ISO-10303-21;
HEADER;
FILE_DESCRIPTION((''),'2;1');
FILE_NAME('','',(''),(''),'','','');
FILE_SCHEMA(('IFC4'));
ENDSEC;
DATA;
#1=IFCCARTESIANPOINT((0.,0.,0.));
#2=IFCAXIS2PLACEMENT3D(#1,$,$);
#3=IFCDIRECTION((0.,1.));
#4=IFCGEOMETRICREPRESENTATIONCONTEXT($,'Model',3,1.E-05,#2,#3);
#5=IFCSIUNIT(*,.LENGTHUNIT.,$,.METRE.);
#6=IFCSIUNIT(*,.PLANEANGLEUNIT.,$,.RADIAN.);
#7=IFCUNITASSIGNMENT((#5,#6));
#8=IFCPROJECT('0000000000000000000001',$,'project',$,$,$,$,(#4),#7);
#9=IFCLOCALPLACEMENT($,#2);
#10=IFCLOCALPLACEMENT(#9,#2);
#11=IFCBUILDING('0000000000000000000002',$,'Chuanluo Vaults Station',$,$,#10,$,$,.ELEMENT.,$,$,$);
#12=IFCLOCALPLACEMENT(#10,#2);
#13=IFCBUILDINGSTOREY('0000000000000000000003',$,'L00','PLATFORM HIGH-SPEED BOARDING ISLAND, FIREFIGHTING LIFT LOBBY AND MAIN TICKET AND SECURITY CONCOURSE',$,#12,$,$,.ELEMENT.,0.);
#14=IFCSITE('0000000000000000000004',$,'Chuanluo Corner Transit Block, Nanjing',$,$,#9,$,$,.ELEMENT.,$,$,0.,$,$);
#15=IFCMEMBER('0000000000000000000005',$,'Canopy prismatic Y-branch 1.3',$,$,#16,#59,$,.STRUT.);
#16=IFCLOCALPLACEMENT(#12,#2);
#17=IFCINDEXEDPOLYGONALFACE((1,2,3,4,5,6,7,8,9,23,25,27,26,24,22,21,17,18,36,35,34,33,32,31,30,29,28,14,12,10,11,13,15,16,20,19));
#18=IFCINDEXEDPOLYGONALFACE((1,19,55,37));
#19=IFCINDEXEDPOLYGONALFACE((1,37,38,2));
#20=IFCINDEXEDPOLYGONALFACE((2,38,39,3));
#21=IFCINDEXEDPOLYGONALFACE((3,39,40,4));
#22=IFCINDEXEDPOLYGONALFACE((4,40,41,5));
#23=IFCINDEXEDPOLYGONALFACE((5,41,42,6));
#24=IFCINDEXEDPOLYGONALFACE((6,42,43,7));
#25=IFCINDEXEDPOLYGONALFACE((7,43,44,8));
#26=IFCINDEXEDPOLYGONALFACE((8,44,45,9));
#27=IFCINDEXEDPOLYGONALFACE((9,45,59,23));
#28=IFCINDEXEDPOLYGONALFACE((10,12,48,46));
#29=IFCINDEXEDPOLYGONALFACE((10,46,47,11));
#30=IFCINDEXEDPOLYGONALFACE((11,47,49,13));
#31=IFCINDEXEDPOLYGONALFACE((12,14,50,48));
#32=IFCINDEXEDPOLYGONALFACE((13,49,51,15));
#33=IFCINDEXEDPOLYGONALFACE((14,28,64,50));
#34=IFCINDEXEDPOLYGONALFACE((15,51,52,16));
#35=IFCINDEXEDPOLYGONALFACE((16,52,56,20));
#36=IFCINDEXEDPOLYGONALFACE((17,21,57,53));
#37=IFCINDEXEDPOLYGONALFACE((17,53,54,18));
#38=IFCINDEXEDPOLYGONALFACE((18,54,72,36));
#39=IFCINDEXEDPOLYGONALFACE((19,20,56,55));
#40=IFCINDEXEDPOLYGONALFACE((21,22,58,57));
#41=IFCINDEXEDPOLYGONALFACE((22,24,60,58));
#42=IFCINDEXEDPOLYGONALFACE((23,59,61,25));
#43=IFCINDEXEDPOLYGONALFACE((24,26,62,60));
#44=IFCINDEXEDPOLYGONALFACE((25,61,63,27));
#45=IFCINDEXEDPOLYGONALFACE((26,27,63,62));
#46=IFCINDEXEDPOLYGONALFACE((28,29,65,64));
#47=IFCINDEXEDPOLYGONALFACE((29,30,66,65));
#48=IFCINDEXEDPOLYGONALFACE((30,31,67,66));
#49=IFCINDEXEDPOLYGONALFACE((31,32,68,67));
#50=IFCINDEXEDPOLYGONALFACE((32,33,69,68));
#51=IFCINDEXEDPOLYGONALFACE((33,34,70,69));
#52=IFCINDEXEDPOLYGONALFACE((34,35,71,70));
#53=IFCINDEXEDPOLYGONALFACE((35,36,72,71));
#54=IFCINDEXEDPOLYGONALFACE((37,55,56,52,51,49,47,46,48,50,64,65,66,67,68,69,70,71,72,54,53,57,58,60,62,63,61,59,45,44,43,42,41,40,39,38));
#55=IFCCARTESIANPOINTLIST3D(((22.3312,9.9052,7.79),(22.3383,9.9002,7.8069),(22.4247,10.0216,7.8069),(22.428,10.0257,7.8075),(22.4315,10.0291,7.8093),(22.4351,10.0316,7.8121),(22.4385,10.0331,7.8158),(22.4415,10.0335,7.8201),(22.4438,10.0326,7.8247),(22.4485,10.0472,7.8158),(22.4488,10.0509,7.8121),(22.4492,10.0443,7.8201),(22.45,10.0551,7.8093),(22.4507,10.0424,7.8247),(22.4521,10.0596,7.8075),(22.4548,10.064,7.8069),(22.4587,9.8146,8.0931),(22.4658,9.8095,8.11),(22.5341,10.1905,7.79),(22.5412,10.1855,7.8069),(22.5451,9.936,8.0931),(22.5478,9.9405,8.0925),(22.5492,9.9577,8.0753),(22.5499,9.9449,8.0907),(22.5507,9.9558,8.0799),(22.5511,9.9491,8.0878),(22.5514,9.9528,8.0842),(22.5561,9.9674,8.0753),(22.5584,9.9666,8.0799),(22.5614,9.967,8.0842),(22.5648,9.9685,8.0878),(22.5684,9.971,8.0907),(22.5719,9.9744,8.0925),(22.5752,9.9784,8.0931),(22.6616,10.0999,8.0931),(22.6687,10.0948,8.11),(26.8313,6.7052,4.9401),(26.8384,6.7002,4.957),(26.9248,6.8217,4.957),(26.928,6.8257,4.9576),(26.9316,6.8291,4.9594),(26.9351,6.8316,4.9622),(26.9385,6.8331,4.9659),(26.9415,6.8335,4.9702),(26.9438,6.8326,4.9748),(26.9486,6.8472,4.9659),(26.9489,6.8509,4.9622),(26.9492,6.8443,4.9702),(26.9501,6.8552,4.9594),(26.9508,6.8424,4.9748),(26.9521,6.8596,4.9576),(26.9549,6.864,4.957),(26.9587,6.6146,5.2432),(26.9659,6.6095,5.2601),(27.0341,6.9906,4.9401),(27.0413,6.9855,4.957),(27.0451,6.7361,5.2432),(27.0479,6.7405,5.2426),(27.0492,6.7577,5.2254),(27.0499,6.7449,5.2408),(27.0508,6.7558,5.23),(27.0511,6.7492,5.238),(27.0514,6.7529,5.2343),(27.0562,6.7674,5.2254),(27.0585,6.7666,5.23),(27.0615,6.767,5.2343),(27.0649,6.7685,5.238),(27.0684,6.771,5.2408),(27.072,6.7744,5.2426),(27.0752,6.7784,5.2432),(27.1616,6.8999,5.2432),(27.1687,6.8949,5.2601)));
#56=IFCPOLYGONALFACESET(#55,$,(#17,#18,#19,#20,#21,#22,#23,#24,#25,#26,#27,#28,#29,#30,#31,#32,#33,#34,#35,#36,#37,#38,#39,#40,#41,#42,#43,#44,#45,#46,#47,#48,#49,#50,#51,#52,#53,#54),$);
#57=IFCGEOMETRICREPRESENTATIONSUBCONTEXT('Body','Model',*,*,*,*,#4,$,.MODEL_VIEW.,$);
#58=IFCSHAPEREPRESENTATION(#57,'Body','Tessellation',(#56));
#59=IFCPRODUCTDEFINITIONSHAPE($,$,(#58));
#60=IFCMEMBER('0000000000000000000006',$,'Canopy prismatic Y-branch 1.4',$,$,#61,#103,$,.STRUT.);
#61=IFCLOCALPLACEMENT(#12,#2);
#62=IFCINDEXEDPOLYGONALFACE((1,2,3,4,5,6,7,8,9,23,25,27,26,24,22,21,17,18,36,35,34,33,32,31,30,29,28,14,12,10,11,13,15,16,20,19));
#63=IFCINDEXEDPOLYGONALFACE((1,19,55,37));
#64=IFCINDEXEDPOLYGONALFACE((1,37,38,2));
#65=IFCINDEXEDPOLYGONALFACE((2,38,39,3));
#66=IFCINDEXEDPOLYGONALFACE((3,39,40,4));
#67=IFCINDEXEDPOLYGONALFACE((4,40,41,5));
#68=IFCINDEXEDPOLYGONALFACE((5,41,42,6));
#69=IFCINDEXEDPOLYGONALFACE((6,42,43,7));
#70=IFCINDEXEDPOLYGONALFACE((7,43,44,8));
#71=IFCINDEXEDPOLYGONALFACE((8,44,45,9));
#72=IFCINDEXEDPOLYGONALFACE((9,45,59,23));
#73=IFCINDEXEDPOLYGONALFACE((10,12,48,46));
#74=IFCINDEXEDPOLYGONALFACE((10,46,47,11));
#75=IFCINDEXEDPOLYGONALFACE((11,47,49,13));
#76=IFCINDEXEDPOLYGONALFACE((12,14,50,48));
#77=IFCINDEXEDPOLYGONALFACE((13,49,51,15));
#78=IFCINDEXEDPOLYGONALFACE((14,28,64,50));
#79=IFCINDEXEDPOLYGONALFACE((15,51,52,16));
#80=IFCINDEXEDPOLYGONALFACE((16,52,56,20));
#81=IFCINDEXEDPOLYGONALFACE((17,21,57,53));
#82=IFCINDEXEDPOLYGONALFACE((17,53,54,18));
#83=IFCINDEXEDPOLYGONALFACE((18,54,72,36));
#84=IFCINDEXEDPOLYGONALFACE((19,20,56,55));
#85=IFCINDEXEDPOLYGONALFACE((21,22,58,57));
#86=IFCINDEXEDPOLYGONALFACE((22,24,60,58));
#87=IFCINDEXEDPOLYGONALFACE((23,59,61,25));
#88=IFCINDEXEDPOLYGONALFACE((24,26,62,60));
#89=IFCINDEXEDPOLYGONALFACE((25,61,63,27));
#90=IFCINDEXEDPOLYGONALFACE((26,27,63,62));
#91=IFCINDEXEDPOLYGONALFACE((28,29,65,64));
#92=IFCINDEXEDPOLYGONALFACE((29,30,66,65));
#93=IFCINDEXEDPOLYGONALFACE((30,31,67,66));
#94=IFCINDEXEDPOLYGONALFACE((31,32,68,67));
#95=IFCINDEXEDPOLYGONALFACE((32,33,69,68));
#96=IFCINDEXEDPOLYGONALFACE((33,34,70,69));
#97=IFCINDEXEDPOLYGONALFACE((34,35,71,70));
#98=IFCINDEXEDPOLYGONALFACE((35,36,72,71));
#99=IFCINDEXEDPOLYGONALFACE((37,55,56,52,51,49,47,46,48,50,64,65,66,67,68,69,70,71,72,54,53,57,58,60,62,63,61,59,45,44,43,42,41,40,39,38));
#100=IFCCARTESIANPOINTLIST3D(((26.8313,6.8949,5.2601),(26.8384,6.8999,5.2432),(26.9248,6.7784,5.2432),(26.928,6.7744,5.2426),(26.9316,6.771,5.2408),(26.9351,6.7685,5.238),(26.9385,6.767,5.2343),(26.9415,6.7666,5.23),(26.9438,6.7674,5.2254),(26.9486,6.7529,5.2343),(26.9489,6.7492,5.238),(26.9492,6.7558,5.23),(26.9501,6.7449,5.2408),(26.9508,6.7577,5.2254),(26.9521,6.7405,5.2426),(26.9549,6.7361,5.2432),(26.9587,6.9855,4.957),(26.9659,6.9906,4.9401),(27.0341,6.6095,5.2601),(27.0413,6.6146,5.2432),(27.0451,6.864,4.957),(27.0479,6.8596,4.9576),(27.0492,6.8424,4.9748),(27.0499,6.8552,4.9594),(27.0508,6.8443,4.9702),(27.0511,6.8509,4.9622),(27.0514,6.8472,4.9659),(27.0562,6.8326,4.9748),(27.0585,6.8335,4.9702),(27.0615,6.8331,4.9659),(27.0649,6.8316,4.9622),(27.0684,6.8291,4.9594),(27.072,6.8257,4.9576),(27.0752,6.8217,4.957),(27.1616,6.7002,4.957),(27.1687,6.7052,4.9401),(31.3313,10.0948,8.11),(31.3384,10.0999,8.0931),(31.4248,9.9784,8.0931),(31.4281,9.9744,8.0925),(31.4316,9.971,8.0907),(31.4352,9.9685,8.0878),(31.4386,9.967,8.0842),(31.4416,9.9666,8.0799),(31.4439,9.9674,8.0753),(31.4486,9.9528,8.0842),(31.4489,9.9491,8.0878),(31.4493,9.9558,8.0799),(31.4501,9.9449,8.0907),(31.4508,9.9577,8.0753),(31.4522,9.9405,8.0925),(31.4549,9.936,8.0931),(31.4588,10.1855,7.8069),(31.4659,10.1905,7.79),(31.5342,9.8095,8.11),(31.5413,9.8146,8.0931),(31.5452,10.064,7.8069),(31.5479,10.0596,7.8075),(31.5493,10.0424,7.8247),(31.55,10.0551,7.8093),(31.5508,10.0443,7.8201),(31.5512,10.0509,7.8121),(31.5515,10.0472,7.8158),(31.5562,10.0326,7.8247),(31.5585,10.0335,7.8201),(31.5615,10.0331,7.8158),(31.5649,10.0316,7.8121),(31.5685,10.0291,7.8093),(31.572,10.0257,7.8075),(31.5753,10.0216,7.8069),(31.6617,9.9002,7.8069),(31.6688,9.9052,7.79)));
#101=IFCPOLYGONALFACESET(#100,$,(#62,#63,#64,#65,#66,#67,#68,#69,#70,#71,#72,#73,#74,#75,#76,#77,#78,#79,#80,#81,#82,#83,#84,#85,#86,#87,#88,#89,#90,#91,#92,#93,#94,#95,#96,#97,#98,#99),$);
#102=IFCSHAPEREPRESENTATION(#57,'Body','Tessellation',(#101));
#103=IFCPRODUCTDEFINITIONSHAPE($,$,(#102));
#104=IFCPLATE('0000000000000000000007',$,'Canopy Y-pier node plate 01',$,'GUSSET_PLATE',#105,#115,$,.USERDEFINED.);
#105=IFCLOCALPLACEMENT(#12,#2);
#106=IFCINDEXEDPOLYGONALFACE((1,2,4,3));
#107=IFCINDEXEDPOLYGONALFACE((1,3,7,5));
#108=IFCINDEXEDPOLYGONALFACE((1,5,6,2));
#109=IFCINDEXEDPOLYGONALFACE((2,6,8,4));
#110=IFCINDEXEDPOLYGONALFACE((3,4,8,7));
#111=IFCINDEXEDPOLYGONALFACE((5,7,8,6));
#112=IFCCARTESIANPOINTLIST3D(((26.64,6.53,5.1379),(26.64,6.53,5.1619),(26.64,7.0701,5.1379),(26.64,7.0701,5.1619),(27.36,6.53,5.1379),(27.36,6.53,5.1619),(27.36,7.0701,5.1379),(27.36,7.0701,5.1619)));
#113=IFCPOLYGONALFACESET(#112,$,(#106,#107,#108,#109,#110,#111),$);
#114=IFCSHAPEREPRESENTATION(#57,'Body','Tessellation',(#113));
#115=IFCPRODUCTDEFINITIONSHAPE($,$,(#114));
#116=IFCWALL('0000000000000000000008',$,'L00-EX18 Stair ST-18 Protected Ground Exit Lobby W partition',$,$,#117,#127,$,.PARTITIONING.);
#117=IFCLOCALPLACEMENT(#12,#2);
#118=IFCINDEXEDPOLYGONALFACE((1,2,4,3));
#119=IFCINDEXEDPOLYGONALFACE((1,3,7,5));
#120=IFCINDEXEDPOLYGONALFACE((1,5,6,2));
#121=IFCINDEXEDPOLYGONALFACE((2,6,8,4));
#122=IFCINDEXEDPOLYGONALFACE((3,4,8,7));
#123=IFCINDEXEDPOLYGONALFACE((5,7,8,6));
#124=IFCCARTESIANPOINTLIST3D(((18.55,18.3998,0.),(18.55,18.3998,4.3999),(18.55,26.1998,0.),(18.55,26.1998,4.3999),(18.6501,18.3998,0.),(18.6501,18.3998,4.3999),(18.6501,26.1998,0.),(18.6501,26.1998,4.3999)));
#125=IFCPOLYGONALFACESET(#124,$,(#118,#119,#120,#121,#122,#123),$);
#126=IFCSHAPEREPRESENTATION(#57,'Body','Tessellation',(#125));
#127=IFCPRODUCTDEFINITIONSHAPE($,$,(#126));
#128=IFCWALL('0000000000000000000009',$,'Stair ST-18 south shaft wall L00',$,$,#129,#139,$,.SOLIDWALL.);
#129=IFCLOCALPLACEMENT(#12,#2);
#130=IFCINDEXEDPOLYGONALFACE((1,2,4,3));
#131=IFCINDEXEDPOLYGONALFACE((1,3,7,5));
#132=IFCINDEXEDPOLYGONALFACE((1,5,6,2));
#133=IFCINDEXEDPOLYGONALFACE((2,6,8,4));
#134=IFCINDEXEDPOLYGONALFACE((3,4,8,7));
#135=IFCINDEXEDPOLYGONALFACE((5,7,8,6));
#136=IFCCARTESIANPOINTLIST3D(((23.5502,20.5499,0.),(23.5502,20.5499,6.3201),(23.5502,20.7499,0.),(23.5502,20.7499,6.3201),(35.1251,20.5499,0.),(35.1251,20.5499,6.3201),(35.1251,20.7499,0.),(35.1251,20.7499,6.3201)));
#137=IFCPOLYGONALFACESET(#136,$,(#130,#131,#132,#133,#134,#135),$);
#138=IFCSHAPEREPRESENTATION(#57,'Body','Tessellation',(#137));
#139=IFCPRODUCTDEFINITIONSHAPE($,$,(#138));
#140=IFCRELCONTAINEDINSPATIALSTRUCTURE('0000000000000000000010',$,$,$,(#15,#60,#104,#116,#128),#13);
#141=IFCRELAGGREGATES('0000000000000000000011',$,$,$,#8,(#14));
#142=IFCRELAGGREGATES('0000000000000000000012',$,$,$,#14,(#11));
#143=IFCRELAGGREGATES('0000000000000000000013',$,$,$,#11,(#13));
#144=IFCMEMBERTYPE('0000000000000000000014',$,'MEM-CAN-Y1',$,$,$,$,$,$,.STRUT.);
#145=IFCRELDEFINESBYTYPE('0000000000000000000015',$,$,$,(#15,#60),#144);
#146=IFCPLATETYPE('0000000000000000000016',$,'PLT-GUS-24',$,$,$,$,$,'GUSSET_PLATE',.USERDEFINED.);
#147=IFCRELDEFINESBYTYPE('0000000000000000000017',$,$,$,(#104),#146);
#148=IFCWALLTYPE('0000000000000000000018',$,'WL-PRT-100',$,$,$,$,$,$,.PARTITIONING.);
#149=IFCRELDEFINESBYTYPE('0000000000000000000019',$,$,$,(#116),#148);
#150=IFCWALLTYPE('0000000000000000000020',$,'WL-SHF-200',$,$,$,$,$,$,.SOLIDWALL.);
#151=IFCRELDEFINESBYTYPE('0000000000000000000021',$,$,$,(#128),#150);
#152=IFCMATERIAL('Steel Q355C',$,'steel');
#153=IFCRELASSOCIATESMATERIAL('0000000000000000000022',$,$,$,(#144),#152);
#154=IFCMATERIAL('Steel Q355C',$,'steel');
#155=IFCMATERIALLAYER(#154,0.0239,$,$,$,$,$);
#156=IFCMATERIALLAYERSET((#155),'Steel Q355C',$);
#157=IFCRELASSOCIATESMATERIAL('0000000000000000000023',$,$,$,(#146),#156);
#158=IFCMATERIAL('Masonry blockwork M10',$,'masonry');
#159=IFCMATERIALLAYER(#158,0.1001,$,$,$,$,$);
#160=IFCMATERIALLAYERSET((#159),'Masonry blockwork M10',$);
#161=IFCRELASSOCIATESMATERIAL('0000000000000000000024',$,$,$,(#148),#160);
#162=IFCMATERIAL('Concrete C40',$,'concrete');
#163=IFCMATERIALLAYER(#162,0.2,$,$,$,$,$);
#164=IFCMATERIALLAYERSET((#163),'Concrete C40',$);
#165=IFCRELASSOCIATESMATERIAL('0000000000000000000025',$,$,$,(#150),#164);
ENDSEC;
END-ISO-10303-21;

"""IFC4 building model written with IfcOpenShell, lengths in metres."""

from ifc_helpers import new_model, si_unit, direction, frame, frame_2d, origin, origin_2d, place, context, subcontext, project, spatial, rectangle, i_section, extrude, material, layer, layer_set, material_profile, profile_set, type_object, element, save


model = new_model("IFC4")

# Units and contexts
model_context = context("Model", 3, precision=1e-05, world=origin(), true_north=direction((0.0, 1.0)))
body_context = subcontext(model_context, "Body", "Model", "MODEL_VIEW")
ifc_project = project(units=[si_unit("LENGTHUNIT", "METRE"), si_unit("PLANEANGLEUNIT", "RADIAN")], contexts=[model_context])

# Site, building, storey
site_placement = place(None, origin())
site = spatial("IfcSite", under=ifc_project, at=site_placement, Name="Chuanluo Corner Transit Block, Nanjing", CompositionType="ELEMENT", RefElevation=0.0)
building_placement = place(site_placement, origin())
building = spatial("IfcBuilding", under=site, at=building_placement, Name="Chuanluo Vaults Station", CompositionType="ELEMENT")
storey_placement = place(building_placement, origin())
storey = spatial("IfcBuildingStorey", under=building, at=storey_placement, Name="L00", Description="PLATFORM HIGH-SPEED BOARDING ISLAND, FIREFIGHTING LIFT LOBBY AND MAIN TICKET AND SECURITY CONCOURSE", CompositionType="ELEMENT", Elevation=0.0)

# Members
ifc_material_1 = material(Name="Steel Q355C", Category="steel")
ifc_material_profile_1 = material_profile(ifc_material_1, i_section(OverallWidth=0.3501, OverallDepth=0.3601, WebThickness=0.012, FlangeThickness=0.019, FilletRadius=0.02, at=origin_2d()))
ifc_profile_set_1 = profile_set([ifc_material_profile_1], Name="Steel Q355C")
member_type = type_object("IfcMemberType", Name="MEM-CAN-Y1", PredefinedType="STRUT", material=ifc_profile_set_1)
for number, where, z_axis, x_axis, name in (
    (1, (27.0, 6.8, 5.1001), (-0.724194, 0.514975, 0.458633), (-0.579518, -0.81496, 0.0), "Canopy prismatic Y-branch 1.3"),
    (2, (27.0, 6.8, 5.1001), (0.724194, 0.514975, 0.458633), (-0.579518, 0.81496, 0.0), "Canopy prismatic Y-branch 1.4"),
):
    element("IfcMember", number, at=place(storey_placement, frame(where, z_axis=z_axis, x_axis=x_axis)), inside=storey, type_object=member_type, Name=name, PredefinedType="STRUT", context=body_context, shape_type="SweptSolid", body=[
        extrude(i_section(OverallWidth=0.3501, OverallDepth=0.3601, WebThickness=0.012, FlangeThickness=0.019, FilletRadius=0.02, at=origin_2d()), origin(), (0.0, 0.0, 1.0), 6.2139),
    ])

# Plate
ifc_material_2 = material(Name="Steel Q355C", Category="steel")
ifc_layer_1 = layer(ifc_material_2, 0.0239)
ifc_layer_set_1 = layer_set([ifc_layer_1], Name="Steel Q355C")
plate_type = type_object("IfcPlateType", Name="PLT-GUS-24", ElementType="GUSSET_PLATE", PredefinedType="USERDEFINED", material=ifc_layer_set_1)
plate_placement = place(storey_placement, frame((27.0, 6.8, 5.1379), z_axis=(0.0, 0.0, 1.0), x_axis=(1.0, 0.0, 0.0)))
element("IfcPlate", 3, at=plate_placement, inside=storey, type_object=plate_type, Name="Canopy Y-pier node plate 01", ObjectType="GUSSET_PLATE", PredefinedType="USERDEFINED", context=body_context, shape_type="SweptSolid", body=[
    extrude(rectangle(XDim=0.72, YDim=0.54, at=origin_2d()), origin(), (0.0, 0.0, 1.0), 0.0239),
])

# Walls
ifc_material_3 = material(Name="Masonry blockwork M10", Category="masonry")
ifc_layer_2 = layer(ifc_material_3, 0.1001)
ifc_layer_set_2 = layer_set([ifc_layer_2], Name="Masonry blockwork M10")
wall_type_1 = type_object("IfcWallType", Name="WL-PRT-100", PredefinedType="PARTITIONING", material=ifc_layer_set_2)
wall_1_placement = place(storey_placement, frame((18.6001, 18.3999, 0.0), z_axis=(0.0, 0.0, 1.0), x_axis=(0.0, 1.0, 0.0)))
element("IfcWall", 4, at=wall_1_placement, inside=storey, type_object=wall_type_1, Name="L00-EX18 Stair ST-18 Protected Ground Exit Lobby W partition", PredefinedType="PARTITIONING", context=body_context, shape_type="SweptSolid", body=[
    extrude(rectangle(XDim=7.8, YDim=0.1001, at=frame_2d((3.8999, 0.0))), origin(), (0.0, 0.0, 1.0), 4.3999),
])
ifc_material_4 = material(Name="Concrete C40", Category="concrete")
ifc_layer_3 = layer(ifc_material_4, 0.2)
ifc_layer_set_3 = layer_set([ifc_layer_3], Name="Concrete C40")
wall_type_2 = type_object("IfcWallType", Name="WL-SHF-200", PredefinedType="SOLIDWALL", material=ifc_layer_set_3)
wall_2_placement = place(storey_placement, frame((23.55, 20.6499, 0.0), z_axis=(0.0, 0.0, 1.0), x_axis=(1.0, 0.0, 0.0)))
element("IfcWall", 5, at=wall_2_placement, inside=storey, type_object=wall_type_2, Name="Stair ST-18 south shaft wall L00", PredefinedType="SOLIDWALL", context=body_context, shape_type="SweptSolid", body=[
    extrude(rectangle(XDim=11.575, YDim=0.2, at=frame_2d((5.7876, 0.0))), origin(), (0.0, 0.0, 1.0), 6.3201),
])

save(model, "model.ifc")
